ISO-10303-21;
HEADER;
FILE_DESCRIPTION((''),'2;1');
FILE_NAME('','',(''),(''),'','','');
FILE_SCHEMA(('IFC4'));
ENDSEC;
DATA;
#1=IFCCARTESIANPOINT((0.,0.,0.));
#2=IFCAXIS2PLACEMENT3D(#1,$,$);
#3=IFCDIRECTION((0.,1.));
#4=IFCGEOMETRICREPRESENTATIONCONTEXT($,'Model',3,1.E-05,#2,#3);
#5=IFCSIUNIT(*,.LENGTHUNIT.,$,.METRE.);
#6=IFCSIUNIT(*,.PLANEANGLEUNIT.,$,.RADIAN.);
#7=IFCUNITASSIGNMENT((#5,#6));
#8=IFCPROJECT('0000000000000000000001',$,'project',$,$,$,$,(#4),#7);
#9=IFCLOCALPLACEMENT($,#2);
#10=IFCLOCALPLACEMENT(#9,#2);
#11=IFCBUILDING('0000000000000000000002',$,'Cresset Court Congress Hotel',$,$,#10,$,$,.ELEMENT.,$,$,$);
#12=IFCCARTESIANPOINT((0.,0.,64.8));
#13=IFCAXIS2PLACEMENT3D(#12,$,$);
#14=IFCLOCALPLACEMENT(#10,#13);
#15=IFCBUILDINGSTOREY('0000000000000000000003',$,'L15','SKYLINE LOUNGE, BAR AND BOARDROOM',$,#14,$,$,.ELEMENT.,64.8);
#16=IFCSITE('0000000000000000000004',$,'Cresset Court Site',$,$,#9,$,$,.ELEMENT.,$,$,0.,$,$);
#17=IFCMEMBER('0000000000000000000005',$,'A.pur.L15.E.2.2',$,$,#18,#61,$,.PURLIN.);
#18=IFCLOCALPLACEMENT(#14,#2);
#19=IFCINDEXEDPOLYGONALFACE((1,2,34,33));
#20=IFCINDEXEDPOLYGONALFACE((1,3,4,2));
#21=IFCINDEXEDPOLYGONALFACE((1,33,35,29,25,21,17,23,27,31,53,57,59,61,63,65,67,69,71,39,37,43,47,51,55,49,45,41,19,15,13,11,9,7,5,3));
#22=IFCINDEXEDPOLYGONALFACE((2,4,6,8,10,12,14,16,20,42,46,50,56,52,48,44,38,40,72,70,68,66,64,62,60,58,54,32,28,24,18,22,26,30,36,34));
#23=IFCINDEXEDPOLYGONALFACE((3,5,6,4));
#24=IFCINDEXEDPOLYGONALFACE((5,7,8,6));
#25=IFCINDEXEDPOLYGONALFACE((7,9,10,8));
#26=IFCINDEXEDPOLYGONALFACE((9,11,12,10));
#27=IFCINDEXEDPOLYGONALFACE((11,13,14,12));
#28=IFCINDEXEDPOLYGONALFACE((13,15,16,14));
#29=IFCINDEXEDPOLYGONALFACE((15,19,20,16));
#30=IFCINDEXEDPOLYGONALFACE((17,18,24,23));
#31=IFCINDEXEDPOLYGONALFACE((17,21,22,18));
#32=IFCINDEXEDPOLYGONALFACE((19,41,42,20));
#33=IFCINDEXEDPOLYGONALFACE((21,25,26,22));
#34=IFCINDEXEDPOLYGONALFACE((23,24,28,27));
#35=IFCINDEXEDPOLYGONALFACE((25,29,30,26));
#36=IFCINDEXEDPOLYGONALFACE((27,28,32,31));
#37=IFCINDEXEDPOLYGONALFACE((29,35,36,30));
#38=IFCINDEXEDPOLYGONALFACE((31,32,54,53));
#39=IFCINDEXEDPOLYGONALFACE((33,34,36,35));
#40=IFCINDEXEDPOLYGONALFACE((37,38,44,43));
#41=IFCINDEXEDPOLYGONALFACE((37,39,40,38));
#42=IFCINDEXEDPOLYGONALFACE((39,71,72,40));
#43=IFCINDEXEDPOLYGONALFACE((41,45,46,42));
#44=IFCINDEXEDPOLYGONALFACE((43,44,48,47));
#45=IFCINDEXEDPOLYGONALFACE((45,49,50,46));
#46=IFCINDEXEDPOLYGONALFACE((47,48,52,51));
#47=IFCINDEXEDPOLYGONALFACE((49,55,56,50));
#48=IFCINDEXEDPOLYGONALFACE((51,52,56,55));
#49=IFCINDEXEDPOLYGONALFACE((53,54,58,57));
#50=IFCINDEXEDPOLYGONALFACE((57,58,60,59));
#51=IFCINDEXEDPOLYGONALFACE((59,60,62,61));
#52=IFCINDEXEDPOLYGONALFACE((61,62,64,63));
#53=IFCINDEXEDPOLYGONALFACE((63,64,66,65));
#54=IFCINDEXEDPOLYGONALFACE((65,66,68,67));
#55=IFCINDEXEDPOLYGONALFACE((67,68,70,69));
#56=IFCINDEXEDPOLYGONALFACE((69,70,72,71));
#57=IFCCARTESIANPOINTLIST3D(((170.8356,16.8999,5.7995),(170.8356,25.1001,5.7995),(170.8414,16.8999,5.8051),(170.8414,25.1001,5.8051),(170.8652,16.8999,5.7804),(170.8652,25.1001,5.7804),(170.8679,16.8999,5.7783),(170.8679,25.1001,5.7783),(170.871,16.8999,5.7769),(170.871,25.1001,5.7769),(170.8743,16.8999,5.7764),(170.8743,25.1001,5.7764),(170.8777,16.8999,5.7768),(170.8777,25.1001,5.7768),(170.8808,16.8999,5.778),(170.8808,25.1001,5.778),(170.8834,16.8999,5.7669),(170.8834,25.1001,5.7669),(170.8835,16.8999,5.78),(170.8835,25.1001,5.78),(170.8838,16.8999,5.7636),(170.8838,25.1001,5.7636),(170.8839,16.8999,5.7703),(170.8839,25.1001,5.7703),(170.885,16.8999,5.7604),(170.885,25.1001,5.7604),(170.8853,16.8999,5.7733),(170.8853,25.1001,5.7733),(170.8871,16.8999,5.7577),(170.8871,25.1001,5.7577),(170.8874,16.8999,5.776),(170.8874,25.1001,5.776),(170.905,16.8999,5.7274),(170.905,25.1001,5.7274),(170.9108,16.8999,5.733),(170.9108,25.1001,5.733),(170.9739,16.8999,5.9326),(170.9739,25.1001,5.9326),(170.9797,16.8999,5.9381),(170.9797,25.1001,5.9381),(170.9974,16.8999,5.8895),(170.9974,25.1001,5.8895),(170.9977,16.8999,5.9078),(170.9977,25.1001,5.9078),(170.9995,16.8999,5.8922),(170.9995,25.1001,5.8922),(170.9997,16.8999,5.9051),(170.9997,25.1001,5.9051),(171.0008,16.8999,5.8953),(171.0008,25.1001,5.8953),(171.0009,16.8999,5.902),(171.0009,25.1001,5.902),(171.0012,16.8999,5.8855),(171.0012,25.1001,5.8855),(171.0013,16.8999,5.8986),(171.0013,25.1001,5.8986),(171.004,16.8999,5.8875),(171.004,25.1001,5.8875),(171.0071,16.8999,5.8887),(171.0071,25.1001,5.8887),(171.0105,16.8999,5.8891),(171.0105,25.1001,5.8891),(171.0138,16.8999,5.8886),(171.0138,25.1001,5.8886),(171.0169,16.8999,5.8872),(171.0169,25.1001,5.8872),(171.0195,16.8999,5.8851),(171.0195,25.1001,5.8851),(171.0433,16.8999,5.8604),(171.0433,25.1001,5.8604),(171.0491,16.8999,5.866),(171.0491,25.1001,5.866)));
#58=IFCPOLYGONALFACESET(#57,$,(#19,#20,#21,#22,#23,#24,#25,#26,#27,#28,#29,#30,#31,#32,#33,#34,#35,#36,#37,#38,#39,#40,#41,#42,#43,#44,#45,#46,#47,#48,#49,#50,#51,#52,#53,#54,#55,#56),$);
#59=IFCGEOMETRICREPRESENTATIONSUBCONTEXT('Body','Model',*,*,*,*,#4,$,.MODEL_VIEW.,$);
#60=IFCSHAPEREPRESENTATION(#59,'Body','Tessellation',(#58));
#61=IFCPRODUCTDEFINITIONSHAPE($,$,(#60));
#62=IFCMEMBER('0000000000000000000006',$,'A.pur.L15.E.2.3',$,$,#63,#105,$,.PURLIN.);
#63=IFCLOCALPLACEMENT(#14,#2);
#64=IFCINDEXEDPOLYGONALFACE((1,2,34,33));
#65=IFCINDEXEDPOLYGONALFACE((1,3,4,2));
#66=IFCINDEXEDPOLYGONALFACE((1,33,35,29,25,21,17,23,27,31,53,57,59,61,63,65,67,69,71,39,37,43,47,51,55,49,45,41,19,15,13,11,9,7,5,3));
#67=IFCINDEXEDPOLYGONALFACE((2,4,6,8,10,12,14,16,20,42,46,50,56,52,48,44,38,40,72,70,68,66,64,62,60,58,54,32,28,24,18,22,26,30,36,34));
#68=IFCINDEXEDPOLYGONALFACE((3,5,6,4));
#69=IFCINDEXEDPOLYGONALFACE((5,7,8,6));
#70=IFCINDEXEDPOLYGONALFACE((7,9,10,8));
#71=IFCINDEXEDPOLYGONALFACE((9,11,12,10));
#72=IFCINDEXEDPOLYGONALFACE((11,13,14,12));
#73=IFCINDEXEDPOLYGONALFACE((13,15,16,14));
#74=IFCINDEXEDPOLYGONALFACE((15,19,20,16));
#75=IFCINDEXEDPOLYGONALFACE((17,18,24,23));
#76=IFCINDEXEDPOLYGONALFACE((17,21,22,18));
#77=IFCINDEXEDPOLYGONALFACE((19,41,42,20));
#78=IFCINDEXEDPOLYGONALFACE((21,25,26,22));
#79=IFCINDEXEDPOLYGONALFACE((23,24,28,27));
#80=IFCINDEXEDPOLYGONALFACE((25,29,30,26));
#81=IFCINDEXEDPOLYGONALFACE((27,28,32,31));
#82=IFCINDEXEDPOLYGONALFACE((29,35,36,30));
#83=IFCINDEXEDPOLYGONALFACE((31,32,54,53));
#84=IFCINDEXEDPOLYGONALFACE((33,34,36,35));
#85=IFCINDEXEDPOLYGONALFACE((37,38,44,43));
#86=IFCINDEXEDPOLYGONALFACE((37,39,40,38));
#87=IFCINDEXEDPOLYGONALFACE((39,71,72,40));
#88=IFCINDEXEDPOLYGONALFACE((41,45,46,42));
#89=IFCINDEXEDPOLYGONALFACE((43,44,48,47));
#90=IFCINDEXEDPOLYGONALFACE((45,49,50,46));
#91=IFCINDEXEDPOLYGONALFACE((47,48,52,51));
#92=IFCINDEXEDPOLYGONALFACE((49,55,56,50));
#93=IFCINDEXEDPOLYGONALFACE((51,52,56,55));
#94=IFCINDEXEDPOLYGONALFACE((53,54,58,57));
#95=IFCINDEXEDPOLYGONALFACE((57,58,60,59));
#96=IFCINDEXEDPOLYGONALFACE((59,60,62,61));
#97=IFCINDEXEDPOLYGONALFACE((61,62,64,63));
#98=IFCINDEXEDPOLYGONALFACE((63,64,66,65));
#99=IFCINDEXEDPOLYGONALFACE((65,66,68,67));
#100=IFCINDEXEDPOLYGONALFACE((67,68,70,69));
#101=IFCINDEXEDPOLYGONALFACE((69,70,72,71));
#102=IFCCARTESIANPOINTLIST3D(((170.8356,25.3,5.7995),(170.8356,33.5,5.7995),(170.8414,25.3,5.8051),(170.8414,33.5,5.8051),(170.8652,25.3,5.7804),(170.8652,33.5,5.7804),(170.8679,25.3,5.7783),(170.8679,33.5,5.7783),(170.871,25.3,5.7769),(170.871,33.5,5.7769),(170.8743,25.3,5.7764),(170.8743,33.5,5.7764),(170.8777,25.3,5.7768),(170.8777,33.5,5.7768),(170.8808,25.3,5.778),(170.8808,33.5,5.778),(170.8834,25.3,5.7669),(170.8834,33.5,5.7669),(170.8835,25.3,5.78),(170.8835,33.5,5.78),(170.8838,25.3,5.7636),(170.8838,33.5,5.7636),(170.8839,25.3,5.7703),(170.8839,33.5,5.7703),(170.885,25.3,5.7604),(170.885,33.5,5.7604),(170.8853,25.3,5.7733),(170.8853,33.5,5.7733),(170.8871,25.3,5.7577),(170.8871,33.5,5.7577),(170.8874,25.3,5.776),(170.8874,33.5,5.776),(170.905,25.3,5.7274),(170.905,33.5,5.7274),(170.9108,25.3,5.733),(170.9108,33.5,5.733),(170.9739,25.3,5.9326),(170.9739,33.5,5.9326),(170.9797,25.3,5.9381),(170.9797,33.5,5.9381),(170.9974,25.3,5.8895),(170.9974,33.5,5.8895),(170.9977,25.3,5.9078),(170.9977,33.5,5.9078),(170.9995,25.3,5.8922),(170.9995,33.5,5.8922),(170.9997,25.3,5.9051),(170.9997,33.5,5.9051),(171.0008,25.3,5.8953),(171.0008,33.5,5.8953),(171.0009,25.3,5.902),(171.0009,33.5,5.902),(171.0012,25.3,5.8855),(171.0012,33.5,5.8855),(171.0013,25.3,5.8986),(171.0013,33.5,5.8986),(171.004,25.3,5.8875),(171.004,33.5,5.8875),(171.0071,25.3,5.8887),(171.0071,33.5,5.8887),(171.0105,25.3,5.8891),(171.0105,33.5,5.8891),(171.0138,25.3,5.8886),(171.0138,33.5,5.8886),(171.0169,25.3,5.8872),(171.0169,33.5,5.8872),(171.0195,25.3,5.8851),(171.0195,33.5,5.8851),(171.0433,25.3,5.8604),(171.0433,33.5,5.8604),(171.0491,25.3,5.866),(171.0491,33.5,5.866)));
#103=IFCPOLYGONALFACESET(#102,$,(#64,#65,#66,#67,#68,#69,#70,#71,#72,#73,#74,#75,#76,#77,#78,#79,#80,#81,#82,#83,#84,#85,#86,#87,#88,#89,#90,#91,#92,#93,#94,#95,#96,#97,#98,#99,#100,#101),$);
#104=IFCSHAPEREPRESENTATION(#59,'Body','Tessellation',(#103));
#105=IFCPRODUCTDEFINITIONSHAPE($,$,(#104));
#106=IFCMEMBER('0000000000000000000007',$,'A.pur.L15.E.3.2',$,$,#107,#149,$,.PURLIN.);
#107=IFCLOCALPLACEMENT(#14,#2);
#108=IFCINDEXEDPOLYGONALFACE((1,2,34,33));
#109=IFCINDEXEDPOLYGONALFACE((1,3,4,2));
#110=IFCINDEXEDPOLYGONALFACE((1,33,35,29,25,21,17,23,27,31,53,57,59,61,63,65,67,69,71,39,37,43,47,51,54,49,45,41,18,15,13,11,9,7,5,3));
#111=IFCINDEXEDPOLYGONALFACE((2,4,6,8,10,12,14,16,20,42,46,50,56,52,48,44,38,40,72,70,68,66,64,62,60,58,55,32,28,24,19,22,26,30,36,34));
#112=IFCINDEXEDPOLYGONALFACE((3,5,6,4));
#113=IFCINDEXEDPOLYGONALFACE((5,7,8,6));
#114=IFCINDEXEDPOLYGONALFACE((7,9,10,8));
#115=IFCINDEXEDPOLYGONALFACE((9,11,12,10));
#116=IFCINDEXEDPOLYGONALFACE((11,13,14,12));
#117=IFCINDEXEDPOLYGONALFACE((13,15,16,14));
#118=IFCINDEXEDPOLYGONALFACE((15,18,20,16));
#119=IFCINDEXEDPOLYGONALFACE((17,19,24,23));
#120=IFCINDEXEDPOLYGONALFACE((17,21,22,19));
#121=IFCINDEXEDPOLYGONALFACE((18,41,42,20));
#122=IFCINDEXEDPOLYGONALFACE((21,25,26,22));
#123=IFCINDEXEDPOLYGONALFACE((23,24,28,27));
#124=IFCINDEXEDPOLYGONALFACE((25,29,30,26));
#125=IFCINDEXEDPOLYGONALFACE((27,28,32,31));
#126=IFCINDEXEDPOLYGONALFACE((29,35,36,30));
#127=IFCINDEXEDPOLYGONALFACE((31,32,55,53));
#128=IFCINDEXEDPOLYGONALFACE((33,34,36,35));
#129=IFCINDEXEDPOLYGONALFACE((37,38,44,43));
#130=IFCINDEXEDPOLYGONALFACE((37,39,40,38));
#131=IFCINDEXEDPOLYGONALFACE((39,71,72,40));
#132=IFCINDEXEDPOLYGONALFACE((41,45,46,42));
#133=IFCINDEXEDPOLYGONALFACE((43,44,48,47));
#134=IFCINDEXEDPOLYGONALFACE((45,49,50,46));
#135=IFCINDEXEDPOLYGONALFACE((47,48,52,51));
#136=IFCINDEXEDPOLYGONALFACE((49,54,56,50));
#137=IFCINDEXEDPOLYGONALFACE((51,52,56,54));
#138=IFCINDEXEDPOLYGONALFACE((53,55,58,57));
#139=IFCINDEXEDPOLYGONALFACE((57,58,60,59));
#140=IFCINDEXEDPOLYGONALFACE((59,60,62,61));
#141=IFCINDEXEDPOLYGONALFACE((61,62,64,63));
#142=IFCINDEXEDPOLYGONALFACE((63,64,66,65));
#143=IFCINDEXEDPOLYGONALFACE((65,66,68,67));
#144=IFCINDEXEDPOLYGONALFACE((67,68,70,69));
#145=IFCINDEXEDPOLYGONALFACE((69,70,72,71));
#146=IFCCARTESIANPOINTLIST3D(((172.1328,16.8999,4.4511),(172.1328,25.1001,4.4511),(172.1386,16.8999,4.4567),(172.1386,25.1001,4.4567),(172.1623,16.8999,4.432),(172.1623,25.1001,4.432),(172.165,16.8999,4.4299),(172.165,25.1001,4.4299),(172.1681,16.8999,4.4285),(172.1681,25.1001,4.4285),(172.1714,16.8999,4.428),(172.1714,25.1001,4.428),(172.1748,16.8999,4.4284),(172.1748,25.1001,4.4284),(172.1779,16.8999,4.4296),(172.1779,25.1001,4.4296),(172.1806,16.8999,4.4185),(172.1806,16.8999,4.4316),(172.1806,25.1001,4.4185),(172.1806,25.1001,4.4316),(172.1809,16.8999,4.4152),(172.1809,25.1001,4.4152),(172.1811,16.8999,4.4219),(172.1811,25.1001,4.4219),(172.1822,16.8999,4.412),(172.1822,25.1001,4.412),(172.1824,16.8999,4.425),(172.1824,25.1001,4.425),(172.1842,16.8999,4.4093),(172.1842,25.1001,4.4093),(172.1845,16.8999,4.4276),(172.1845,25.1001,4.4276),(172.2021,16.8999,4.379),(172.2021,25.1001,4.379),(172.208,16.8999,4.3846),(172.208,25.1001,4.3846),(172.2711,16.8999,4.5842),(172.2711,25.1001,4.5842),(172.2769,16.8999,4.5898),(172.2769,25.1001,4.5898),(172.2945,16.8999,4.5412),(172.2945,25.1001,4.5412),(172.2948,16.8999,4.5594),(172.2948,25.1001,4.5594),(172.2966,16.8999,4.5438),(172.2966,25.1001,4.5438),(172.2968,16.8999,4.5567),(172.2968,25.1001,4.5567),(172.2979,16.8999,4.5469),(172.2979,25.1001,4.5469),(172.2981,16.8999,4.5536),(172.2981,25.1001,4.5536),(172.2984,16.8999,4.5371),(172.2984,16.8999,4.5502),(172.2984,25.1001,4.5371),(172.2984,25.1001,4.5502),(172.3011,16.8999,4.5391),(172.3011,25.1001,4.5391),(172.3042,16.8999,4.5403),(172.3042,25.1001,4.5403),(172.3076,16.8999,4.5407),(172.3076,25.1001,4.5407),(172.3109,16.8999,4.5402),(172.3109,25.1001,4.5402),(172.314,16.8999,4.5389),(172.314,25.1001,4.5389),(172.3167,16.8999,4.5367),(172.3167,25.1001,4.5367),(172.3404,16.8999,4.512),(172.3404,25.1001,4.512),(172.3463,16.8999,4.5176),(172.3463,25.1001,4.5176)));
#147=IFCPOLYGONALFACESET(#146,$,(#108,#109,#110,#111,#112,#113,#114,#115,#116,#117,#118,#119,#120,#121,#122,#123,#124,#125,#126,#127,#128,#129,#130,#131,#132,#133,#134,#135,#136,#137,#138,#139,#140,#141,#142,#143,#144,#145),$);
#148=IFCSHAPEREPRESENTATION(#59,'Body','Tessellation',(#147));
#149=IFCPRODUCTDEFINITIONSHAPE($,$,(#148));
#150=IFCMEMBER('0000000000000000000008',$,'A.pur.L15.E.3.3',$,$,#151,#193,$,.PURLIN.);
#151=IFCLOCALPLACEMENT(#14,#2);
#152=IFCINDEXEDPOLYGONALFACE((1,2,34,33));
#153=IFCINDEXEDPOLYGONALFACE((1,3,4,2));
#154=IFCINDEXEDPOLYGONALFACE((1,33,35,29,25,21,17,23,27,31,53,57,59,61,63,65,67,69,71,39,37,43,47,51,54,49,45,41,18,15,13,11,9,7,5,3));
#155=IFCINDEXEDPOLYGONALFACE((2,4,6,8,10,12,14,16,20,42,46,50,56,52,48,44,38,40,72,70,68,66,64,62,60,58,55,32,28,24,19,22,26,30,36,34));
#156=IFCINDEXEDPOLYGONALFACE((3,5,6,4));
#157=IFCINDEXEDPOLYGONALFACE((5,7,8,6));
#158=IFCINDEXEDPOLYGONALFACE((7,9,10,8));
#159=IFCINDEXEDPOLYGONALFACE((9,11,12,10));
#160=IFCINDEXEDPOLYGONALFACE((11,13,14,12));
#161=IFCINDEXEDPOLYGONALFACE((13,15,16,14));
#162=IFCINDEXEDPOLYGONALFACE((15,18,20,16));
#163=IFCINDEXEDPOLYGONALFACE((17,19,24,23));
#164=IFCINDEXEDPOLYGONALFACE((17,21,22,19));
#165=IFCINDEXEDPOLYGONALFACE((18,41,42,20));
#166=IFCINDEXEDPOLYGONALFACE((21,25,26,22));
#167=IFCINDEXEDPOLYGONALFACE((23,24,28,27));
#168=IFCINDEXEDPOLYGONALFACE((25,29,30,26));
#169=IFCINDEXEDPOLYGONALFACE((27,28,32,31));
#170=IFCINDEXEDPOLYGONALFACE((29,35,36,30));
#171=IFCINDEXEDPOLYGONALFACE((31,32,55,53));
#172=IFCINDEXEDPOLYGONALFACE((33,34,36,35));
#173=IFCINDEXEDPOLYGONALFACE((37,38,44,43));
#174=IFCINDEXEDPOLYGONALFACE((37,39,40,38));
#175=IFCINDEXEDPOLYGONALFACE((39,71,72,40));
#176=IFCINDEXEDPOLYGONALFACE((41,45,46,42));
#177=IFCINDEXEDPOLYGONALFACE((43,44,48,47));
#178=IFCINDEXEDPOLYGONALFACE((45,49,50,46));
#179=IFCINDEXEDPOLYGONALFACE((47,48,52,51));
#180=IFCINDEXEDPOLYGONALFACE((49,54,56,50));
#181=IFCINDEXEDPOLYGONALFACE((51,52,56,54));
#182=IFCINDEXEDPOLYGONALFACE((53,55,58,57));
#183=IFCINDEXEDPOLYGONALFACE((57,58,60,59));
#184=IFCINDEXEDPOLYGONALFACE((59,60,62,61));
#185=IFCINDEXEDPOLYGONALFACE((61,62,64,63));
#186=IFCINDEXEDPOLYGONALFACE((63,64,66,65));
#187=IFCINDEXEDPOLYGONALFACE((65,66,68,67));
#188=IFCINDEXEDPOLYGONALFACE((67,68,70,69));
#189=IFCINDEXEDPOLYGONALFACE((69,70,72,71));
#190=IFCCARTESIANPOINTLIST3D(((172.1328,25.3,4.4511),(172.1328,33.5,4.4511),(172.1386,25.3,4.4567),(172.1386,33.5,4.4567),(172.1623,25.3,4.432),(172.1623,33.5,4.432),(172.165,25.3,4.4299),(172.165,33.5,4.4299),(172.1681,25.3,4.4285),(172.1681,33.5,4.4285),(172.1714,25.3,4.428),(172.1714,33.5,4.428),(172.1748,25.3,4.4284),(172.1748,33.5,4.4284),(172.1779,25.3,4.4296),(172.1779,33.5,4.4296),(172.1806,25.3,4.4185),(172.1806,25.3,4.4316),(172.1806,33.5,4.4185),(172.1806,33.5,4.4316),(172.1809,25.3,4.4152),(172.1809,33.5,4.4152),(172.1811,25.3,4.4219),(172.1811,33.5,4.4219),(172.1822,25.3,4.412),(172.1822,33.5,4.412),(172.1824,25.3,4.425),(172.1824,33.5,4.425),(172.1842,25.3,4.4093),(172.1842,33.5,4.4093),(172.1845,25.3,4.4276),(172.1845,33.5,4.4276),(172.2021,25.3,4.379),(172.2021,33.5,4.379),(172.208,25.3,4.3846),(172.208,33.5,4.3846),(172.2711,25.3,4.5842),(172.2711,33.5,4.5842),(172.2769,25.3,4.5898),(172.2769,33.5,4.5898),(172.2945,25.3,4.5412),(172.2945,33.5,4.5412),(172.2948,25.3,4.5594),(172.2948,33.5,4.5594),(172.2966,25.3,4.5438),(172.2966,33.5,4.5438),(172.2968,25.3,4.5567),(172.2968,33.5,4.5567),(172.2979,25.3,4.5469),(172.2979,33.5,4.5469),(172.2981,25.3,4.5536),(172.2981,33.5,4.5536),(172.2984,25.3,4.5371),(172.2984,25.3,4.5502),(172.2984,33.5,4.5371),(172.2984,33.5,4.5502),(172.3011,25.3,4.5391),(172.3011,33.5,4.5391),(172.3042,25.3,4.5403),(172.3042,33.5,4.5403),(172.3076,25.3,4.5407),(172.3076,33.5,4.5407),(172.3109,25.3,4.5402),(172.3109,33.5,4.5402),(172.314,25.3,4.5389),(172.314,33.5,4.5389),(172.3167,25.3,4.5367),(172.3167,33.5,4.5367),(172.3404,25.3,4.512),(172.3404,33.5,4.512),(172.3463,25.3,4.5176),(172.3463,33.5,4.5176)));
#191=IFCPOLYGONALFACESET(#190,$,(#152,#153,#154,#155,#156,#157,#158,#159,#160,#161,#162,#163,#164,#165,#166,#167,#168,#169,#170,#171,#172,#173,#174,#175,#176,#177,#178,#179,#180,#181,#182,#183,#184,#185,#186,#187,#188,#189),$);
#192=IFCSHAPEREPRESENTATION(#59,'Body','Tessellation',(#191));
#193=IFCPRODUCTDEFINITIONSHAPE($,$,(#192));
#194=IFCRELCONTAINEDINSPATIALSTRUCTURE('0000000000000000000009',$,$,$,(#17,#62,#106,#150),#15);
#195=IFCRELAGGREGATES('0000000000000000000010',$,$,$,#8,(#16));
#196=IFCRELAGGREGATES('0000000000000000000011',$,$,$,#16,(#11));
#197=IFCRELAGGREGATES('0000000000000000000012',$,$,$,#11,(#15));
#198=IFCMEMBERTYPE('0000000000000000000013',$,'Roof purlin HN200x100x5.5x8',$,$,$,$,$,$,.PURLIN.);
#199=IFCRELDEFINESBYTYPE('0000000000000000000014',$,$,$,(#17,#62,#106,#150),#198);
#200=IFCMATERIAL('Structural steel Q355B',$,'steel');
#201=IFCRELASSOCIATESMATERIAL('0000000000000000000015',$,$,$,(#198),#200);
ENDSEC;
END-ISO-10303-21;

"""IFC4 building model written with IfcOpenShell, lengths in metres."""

from ifc_helpers import new_model, si_unit, direction, frame, origin, origin_2d, place, context, subcontext, project, spatial, i_section, extrude, material, material_profile, profile_set, type_object, element, save


model = new_model("IFC4")

# Units and contexts
model_context = context("Model", 3, precision=1e-05, world=origin(), true_north=direction((0.0, 1.0)))
body_context = subcontext(model_context, "Body", "Model", "MODEL_VIEW")
ifc_project = project(units=[si_unit("LENGTHUNIT", "METRE"), si_unit("PLANEANGLEUNIT", "RADIAN")], contexts=[model_context])

# Site, building, storey
site_placement = place(None, origin())
site = spatial("IfcSite", under=ifc_project, at=site_placement, Name="Cresset Court Site", CompositionType="ELEMENT", RefElevation=0.0)
building_placement = place(site_placement, origin())
building = spatial("IfcBuilding", under=site, at=building_placement, Name="Cresset Court Congress Hotel", CompositionType="ELEMENT")
storey_placement = place(building_placement, frame((0.0, 0.0, 64.8)))
storey = spatial("IfcBuildingStorey", under=building, at=storey_placement, Name="L15", Description="SKYLINE LOUNGE, BAR AND BOARDROOM", CompositionType="ELEMENT", Elevation=64.8)

# Members
ifc_material_1 = material(Name="Structural steel Q355B", Category="steel")
ifc_material_profile_1 = material_profile(ifc_material_1, i_section(OverallWidth=0.1001, OverallDepth=0.2, WebThickness=0.0056, FlangeThickness=0.0081, FilletRadius=0.0129, at=origin_2d()), Name="HN200x100x5.5x8")
ifc_profile_set_1 = profile_set([ifc_material_profile_1], Name="Structural steel Q355B")
member_type_1 = type_object("IfcMemberType", Name="Roof purlin HN200x100x5.5x8", PredefinedType="PURLIN", material=ifc_profile_set_1)
member_1_placement = place(storey_placement, frame((170.9424, 16.8999, 5.8328), z_axis=(0.0, 1.0, 0.0), x_axis=(-0.693246, 0.0, 0.720701)))
element("IfcMember", 1, at=member_1_placement, inside=storey, type_object=member_type_1, Name="A.pur.L15.E.2.2", PredefinedType="PURLIN", context=body_context, shape_type="SweptSolid", body=[
    extrude(i_section(OverallWidth=0.1001, OverallDepth=0.2, WebThickness=0.0056, FlangeThickness=0.0081, FilletRadius=0.0129, at=origin_2d()), origin(), (0.0, 0.0, 1.0), 8.2002),
])
member_2_placement = place(storey_placement, frame((170.9424, 25.3, 5.8328), z_axis=(0.0, 1.0, 0.0), x_axis=(-0.693246, 0.0, 0.720701)))
element("IfcMember", 2, at=member_2_placement, inside=storey, type_object=member_type_1, Name="A.pur.L15.E.2.3", PredefinedType="PURLIN", context=body_context, shape_type="SweptSolid", body=[
    extrude(i_section(OverallWidth=0.1001, OverallDepth=0.2, WebThickness=0.0056, FlangeThickness=0.0081, FilletRadius=0.0129, at=origin_2d()), origin(), (0.0, 0.0, 1.0), 8.2),
])
member_3_placement = place(storey_placement, frame((172.2395, 16.8999, 4.4844), z_axis=(0.0, 1.0, 0.0), x_axis=(-0.693246, 0.0, 0.720701)))
element("IfcMember", 3, at=member_3_placement, inside=storey, type_object=member_type_1, Name="A.pur.L15.E.3.2", PredefinedType="PURLIN", context=body_context, shape_type="SweptSolid", body=[
    extrude(i_section(OverallWidth=0.1001, OverallDepth=0.2, WebThickness=0.0056, FlangeThickness=0.0081, FilletRadius=0.0129, at=origin_2d()), origin(), (0.0, 0.0, 1.0), 8.2002),
])
member_4_placement = place(storey_placement, frame((172.2395, 25.3, 4.4844), z_axis=(0.0, 1.0, 0.0), x_axis=(-0.693246, 0.0, 0.720701)))
element("IfcMember", 4, at=member_4_placement, inside=storey, type_object=member_type_1, Name="A.pur.L15.E.3.3", PredefinedType="PURLIN", context=body_context, shape_type="SweptSolid", body=[
    extrude(i_section(OverallWidth=0.1001, OverallDepth=0.2, WebThickness=0.0056, FlangeThickness=0.0081, FilletRadius=0.0129, at=origin_2d()), origin(), (0.0, 0.0, 1.0), 8.2),
])

save(model, "model.ifc")
